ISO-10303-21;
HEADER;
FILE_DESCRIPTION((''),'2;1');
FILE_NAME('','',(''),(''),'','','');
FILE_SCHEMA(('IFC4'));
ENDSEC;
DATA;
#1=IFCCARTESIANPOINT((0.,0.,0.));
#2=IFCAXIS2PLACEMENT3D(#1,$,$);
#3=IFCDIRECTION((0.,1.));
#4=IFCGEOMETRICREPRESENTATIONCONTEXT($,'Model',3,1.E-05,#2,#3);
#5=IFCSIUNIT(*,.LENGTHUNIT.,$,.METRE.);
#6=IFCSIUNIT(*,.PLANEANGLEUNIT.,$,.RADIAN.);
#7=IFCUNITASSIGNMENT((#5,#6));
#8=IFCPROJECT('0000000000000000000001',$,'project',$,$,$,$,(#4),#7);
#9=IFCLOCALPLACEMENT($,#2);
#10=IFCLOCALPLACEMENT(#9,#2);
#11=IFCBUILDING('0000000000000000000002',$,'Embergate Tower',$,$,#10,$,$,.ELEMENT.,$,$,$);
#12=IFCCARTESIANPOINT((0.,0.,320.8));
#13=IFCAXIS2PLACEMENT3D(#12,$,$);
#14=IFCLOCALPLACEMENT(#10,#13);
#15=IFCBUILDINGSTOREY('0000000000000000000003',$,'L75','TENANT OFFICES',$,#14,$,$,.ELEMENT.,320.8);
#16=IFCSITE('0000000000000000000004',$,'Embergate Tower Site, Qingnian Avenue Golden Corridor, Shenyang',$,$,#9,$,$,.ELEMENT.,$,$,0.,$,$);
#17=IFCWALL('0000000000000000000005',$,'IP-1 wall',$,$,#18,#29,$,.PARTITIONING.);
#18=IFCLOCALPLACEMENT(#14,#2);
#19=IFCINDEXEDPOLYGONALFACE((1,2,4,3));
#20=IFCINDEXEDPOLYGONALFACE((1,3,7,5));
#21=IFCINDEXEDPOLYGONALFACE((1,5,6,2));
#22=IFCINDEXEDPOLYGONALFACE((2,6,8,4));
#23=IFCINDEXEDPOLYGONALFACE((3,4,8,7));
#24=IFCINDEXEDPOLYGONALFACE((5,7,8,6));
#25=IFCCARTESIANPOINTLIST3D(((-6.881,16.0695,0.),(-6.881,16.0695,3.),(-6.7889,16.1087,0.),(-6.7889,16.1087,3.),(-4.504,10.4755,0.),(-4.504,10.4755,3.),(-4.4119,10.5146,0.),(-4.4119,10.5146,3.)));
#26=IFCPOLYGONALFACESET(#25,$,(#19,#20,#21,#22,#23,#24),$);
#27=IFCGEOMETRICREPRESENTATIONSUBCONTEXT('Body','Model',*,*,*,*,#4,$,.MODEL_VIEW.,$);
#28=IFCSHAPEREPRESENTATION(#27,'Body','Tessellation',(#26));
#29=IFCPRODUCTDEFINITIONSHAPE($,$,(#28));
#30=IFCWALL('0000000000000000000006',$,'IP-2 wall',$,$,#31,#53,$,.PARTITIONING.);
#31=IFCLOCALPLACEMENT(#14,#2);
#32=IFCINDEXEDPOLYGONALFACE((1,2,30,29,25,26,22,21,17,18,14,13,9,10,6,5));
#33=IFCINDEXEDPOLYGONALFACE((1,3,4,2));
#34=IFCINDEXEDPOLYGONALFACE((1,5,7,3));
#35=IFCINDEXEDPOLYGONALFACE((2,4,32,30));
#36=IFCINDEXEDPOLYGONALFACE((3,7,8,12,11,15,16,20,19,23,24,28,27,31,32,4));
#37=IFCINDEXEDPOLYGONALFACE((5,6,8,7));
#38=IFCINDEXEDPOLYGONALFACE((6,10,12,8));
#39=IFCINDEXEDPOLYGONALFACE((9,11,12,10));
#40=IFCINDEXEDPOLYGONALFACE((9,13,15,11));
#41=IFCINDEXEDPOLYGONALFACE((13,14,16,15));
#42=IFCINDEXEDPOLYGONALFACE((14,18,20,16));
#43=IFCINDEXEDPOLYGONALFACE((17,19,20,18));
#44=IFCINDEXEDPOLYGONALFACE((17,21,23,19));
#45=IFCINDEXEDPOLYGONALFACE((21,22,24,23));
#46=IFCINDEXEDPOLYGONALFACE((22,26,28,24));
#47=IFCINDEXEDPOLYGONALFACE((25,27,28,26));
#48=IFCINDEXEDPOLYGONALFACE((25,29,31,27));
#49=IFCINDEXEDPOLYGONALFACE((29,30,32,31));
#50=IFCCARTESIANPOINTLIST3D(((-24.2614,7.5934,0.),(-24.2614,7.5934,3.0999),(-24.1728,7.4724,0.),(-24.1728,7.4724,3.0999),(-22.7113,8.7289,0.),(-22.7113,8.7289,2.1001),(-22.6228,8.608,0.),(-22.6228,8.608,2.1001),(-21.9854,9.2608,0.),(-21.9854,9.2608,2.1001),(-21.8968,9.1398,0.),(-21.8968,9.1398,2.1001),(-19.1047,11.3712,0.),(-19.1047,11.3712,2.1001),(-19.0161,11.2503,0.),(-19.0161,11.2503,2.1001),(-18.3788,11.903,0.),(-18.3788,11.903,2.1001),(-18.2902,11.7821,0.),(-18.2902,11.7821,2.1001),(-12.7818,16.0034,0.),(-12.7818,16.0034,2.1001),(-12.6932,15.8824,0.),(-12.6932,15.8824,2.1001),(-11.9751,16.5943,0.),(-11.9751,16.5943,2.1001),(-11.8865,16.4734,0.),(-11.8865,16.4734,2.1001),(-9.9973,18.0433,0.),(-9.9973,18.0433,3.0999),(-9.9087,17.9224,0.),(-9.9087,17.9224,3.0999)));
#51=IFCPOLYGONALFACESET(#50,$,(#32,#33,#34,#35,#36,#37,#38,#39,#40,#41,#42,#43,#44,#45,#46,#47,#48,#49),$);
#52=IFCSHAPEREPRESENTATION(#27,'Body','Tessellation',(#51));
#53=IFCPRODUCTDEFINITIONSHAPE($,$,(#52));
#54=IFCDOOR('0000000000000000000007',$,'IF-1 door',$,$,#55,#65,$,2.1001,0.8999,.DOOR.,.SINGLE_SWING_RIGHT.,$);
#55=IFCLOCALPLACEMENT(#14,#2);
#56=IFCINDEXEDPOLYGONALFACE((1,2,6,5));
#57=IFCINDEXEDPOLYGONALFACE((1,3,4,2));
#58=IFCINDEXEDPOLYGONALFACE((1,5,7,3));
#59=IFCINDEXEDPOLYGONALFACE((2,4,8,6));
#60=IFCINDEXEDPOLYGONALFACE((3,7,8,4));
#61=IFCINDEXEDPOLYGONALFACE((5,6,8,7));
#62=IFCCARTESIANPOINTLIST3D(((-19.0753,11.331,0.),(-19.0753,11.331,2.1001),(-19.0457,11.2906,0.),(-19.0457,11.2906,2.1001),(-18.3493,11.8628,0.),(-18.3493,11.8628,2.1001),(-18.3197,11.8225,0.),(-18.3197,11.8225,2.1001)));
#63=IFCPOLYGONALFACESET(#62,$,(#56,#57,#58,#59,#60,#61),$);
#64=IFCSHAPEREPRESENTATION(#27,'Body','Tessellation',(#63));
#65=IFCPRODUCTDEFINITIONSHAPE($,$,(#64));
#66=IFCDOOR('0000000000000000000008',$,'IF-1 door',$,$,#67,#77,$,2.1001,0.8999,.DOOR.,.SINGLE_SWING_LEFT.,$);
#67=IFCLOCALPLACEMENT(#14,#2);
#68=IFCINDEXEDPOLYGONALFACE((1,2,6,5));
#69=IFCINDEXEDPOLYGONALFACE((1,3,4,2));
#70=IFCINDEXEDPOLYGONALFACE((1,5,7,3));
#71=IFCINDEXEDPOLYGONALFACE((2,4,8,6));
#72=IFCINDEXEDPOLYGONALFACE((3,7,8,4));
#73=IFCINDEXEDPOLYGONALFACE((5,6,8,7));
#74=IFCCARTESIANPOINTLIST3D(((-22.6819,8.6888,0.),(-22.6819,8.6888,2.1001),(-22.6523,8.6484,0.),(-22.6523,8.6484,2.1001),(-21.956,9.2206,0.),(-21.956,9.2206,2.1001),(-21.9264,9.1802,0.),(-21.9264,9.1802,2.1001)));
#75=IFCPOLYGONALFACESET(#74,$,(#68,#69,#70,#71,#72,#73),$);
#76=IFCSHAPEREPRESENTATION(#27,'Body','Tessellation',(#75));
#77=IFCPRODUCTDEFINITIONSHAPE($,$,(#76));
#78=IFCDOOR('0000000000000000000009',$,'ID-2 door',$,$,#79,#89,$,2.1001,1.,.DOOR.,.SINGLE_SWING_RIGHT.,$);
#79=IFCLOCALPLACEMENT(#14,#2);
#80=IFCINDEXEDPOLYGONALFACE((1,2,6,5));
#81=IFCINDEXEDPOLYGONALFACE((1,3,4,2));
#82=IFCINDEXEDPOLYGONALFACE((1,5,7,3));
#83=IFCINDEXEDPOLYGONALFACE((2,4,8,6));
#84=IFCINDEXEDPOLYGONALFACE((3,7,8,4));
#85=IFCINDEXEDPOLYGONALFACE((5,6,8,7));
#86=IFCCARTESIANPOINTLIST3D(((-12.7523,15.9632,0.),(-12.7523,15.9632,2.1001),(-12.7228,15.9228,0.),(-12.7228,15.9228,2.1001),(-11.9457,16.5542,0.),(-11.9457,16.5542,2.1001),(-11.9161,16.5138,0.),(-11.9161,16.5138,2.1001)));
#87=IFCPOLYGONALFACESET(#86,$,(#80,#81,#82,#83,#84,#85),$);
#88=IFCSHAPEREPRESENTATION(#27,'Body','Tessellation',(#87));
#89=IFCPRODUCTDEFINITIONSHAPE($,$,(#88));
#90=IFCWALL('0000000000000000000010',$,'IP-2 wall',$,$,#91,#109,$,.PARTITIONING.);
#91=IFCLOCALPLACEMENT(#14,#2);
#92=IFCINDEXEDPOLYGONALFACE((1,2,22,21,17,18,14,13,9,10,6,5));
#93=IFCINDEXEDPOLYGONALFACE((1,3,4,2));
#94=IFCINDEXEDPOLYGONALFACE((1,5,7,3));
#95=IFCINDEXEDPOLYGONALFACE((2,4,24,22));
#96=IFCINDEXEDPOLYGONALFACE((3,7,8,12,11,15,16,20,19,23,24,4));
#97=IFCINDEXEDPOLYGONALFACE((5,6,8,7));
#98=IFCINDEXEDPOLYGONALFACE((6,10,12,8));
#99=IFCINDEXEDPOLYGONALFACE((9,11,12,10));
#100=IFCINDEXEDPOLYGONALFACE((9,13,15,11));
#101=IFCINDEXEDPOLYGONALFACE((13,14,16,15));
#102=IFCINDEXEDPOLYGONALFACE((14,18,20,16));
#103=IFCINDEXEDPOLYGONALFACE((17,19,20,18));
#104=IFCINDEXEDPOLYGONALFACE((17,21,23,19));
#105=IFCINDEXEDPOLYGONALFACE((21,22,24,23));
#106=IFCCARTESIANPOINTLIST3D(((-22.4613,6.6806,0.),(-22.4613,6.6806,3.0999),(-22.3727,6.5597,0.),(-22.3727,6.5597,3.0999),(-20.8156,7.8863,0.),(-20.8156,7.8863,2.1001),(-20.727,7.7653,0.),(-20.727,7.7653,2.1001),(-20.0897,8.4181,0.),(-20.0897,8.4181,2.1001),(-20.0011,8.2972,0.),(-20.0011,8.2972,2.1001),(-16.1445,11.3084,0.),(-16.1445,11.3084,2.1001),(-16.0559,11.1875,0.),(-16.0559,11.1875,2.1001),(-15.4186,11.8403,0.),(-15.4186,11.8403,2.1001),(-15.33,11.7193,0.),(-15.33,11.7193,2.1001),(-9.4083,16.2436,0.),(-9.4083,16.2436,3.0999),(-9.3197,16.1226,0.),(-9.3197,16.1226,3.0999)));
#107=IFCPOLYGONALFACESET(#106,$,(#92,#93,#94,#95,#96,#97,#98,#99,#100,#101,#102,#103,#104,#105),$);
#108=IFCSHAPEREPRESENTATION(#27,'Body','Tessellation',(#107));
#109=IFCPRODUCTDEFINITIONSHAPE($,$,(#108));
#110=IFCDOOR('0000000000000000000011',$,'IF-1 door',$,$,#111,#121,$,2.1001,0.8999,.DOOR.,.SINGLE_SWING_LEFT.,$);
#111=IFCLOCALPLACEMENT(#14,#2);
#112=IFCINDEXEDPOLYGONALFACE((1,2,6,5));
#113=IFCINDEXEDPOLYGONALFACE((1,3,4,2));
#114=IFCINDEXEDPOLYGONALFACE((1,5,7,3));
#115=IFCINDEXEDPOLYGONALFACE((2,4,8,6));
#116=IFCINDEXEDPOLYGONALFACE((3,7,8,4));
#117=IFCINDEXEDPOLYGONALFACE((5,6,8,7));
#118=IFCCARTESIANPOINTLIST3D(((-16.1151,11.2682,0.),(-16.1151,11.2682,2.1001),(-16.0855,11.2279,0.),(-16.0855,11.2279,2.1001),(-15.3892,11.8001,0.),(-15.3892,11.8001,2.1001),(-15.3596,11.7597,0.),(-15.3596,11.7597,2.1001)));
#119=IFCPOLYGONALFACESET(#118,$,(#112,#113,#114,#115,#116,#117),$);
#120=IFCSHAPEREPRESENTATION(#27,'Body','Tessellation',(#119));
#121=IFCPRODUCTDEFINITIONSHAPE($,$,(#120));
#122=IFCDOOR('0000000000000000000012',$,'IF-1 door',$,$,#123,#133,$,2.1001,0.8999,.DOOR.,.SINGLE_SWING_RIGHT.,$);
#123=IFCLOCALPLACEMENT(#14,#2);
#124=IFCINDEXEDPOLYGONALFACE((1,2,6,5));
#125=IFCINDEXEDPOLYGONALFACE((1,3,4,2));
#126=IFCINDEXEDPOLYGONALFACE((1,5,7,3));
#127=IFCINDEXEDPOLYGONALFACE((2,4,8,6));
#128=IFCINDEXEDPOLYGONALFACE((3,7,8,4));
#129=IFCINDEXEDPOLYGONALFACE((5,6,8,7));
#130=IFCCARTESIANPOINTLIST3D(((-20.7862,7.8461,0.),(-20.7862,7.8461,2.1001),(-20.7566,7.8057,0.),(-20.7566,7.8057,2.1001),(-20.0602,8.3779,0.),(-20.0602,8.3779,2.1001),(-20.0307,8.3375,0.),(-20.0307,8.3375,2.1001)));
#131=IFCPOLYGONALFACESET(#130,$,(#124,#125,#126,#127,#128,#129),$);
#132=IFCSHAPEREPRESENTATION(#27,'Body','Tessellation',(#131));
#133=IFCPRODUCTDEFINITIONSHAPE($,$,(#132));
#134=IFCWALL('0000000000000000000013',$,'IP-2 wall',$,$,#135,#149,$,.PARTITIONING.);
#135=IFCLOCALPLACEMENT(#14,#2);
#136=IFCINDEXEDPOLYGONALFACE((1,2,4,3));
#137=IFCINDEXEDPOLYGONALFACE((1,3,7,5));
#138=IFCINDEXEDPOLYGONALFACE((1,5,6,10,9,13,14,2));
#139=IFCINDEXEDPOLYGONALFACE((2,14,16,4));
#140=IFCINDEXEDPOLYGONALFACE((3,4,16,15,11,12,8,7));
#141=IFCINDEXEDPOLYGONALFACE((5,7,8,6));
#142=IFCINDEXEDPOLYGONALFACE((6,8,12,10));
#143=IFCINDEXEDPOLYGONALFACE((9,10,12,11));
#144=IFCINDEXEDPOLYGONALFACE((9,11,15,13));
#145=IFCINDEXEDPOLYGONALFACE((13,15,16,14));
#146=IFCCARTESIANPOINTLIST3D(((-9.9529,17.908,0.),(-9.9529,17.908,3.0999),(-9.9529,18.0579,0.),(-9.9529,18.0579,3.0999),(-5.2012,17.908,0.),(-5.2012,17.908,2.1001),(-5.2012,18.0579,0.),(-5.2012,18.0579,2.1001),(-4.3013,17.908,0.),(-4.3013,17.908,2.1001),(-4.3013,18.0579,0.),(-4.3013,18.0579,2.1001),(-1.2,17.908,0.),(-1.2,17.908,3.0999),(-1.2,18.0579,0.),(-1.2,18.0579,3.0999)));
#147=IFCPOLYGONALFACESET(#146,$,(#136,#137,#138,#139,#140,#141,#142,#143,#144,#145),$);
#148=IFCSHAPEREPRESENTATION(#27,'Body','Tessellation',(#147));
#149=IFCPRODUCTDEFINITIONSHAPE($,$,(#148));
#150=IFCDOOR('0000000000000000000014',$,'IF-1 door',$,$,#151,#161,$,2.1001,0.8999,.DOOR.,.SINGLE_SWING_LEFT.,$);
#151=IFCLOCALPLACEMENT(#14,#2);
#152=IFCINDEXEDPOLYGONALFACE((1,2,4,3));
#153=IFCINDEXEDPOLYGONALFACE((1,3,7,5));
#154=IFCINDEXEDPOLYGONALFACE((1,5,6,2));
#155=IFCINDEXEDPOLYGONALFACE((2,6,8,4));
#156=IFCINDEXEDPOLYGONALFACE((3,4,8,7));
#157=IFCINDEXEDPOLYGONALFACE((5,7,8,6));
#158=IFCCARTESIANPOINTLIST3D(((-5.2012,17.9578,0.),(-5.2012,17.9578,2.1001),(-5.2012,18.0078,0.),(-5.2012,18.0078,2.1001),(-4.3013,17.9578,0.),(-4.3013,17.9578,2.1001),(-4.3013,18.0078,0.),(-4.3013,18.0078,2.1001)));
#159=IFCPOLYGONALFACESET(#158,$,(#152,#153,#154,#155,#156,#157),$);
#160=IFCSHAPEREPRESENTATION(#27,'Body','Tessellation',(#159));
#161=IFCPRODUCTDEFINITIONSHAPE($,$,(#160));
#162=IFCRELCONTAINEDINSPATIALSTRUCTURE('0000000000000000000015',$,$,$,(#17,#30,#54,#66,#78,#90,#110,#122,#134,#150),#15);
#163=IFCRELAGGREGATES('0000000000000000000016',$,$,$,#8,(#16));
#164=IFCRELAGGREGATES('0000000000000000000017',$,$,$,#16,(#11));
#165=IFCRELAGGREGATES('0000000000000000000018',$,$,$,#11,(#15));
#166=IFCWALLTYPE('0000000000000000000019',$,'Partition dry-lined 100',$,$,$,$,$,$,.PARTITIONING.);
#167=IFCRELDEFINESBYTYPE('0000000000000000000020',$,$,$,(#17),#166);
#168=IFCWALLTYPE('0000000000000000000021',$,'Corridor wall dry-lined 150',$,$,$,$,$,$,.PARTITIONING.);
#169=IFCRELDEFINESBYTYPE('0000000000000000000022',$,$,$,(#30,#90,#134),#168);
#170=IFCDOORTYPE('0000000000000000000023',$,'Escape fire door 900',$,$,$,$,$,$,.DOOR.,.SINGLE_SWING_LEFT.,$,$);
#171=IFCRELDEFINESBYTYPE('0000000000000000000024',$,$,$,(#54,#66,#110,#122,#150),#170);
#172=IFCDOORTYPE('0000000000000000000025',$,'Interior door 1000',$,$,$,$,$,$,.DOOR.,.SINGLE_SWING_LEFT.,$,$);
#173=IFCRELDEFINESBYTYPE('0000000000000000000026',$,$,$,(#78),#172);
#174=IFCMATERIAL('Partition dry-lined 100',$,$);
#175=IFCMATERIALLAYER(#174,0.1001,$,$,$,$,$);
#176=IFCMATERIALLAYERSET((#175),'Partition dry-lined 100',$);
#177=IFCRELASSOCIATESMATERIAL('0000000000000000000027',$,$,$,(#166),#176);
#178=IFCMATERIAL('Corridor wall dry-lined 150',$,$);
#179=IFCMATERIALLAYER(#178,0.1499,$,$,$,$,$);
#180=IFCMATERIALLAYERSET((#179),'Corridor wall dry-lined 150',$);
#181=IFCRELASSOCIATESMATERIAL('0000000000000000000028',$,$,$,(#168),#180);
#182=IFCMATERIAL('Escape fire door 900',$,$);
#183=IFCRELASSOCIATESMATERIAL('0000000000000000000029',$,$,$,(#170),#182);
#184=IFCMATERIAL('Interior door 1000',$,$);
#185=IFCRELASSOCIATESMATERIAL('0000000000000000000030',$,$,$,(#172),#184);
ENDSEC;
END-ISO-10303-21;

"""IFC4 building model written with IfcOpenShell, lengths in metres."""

from ifc_helpers import new_model, si_unit, direction, frame, frame_2d, origin, place, context, subcontext, project, spatial, rectangle, extrude, source, transform, mapped, material, layer, layer_set, type_object, element, fill, save


model = new_model("IFC4")

# Units and contexts
model_context = context("Model", 3, precision=1e-05, world=origin(), true_north=direction((0.0, 1.0)))
body_context = subcontext(model_context, "Body", "Model", "MODEL_VIEW")
ifc_project = project(units=[si_unit("LENGTHUNIT", "METRE"), si_unit("PLANEANGLEUNIT", "RADIAN")], contexts=[model_context])

# Site, building, storey
site_placement = place(None, origin())
site = spatial("IfcSite", under=ifc_project, at=site_placement, Name="Embergate Tower Site, Qingnian Avenue Golden Corridor, Shenyang", CompositionType="ELEMENT", RefElevation=0.0)
building_placement = place(site_placement, origin())
building = spatial("IfcBuilding", under=site, at=building_placement, Name="Embergate Tower", CompositionType="ELEMENT")
storey_placement = place(building_placement, frame((0.0, 0.0, 320.8)))
storey = spatial("IfcBuildingStorey", under=building, at=storey_placement, Name="L75", Description="TENANT OFFICES", CompositionType="ELEMENT", Elevation=320.8)

# Wall
ifc_material_1 = material(Name="Partition dry-lined 100")
ifc_layer_1 = layer(ifc_material_1, 0.1001)
ifc_layer_set_1 = layer_set([ifc_layer_1], Name="Partition dry-lined 100")
wall_type_1 = type_object("IfcWallType", Name="Partition dry-lined 100", PredefinedType="PARTITIONING", material=ifc_layer_set_1)
shared_shape_1 = source(origin(), body_context, "Body", "SweptSolid", [
    extrude(rectangle(XDim=6.0781, YDim=0.1001, at=frame_2d((3.0391, 0.0))), origin(), (0.0, 0.0, 1.0), 3.0),
])
wall_1_placement = place(storey_placement, frame((-6.835, 16.0891, 0.0), z_axis=(0.0, 0.0, 1.0), x_axis=(0.391072, -0.92036, 0.0)))
element("IfcWall", 1, at=wall_1_placement, inside=storey, type_object=wall_type_1, Name="IP-1 wall", PredefinedType="PARTITIONING", context=body_context, shape_type="MappedRepresentation", body=[
    mapped(shared_shape_1, transform((0.0, 0.0, 0.0))),
])

# Walls, openings, doors
ifc_material_2 = material(Name="Corridor wall dry-lined 150")
ifc_layer_2 = layer(ifc_material_2, 0.1499)
ifc_layer_set_2 = layer_set([ifc_layer_2], Name="Corridor wall dry-lined 150")
wall_type_2 = type_object("IfcWallType", Name="Corridor wall dry-lined 150", PredefinedType="PARTITIONING", material=ifc_layer_set_2)
shared_shape_2 = source(origin(), body_context, "Body", "SweptSolid", [
    extrude(rectangle(XDim=17.6824, YDim=0.1499, at=frame_2d((8.8413, 0.0))), origin(), (0.0, 0.0, 1.0), 3.0999),
])
wall_2_placement = place(storey_placement, frame((-9.9529, 17.9829, 0.0), z_axis=(0.0, 0.0, 1.0), x_axis=(-0.806686, -0.59098, 0.0)))
wall_2 = element("IfcWall", 2, at=wall_2_placement, inside=storey, type_object=wall_type_2, Name="IP-2 wall", PredefinedType="PARTITIONING", context=body_context, shape_type="MappedRepresentation", body=[
    mapped(shared_shape_2, transform((0.0, 0.0, 0.0))),
])
shared_shape_3 = source(origin(), body_context, "Body", "SweptSolid", [
    extrude(rectangle(XDim=1.0, YDim=2.1001, at=frame_2d((0.5, 1.05))), frame((0.0, 0.085, 0.0), z_axis=(0.0, -1.0, 0.0), x_axis=(1.0, 0.0, 0.0)), (0.0, 0.0, 1.0), 0.1699),
])
opening_1_placement = place(wall_2_placement, frame((2.4519, 0.0, 0.0)))
opening_1 = element("IfcOpeningElement", 3, at=opening_1_placement, cuts=wall_2, PredefinedType="OPENING", context=body_context, shape_type="MappedRepresentation", body=[
    mapped(shared_shape_3, transform((0.0, 0.0, 0.0))),
])
shared_shape_4 = source(origin(), body_context, "Body", "SweptSolid", [
    extrude(rectangle(XDim=0.8999, YDim=2.1001, at=frame_2d((0.45, 1.05))), frame((0.0, 0.085, 0.0), z_axis=(0.0, -1.0, 0.0), x_axis=(1.0, 0.0, 0.0)), (0.0, 0.0, 1.0), 0.1699),
])
opening_2_placement = place(wall_2_placement, frame((10.3901, 0.0, 0.0)))
opening_2 = element("IfcOpeningElement", 4, at=opening_2_placement, cuts=wall_2, PredefinedType="OPENING", context=body_context, shape_type="MappedRepresentation", body=[
    mapped(shared_shape_4, transform((0.0, 0.0, 0.0))),
])
opening_3_placement = place(wall_2_placement, frame((14.8611, 0.0, 0.0)))
opening_3 = element("IfcOpeningElement", 5, at=opening_3_placement, cuts=wall_2, PredefinedType="OPENING", context=body_context, shape_type="MappedRepresentation", body=[
    mapped(shared_shape_4, transform((0.0, 0.0, 0.0))),
])
ifc_material_3 = material(Name="Escape fire door 900")
door_type_1 = type_object("IfcDoorType", Name="Escape fire door 900", OperationType="SINGLE_SWING_LEFT", PredefinedType="DOOR", material=ifc_material_3)
shared_shape_5 = source(origin(), body_context, "Body", "SweptSolid", [
    extrude(rectangle(XDim=0.8999, YDim=2.1001, at=frame_2d((0.45, 1.05))), frame((0.0, 0.0249, 0.0), z_axis=(0.0, -1.0, 0.0), x_axis=(1.0, 0.0, 0.0)), (0.0, 0.0, 1.0), 0.05),
])
door_1_placement = place(opening_2_placement, origin())
door_1 = element("IfcDoor", 6, at=door_1_placement, inside=storey, type_object=door_type_1, Name="IF-1 door", OperationType="SINGLE_SWING_RIGHT", OverallHeight=2.1001, OverallWidth=0.8999, PredefinedType="DOOR", context=body_context, shape_type="MappedRepresentation", body=[
    mapped(shared_shape_5, transform((0.0, 0.0, 0.0))),
])
fill(opening_2, door_1)
door_2_placement = place(opening_3_placement, origin())
door_2 = element("IfcDoor", 7, at=door_2_placement, inside=storey, type_object=door_type_1, Name="IF-1 door", OperationType="SINGLE_SWING_LEFT", OverallHeight=2.1001, OverallWidth=0.8999, PredefinedType="DOOR", context=body_context, shape_type="MappedRepresentation", body=[
    mapped(shared_shape_5, transform((0.0, 0.0, 0.0))),
])
fill(opening_3, door_2)
ifc_material_4 = material(Name="Interior door 1000")
door_type_2 = type_object("IfcDoorType", Name="Interior door 1000", OperationType="SINGLE_SWING_LEFT", PredefinedType="DOOR", material=ifc_material_4)
shared_shape_6 = source(origin(), body_context, "Body", "SweptSolid", [
    extrude(rectangle(XDim=1.0, YDim=2.1001, at=frame_2d((0.5, 1.05))), frame((0.0, 0.0249, 0.0), z_axis=(0.0, -1.0, 0.0), x_axis=(1.0, 0.0, 0.0)), (0.0, 0.0, 1.0), 0.05),
])
door_3_placement = place(opening_1_placement, origin())
door_3 = element("IfcDoor", 8, at=door_3_placement, inside=storey, type_object=door_type_2, Name="ID-2 door", OperationType="SINGLE_SWING_RIGHT", OverallHeight=2.1001, OverallWidth=1.0, PredefinedType="DOOR", context=body_context, shape_type="MappedRepresentation", body=[
    mapped(shared_shape_6, transform((0.0, 0.0, 0.0))),
])
fill(opening_1, door_3)
shared_shape_7 = source(origin(), body_context, "Body", "SweptSolid", [
    extrude(rectangle(XDim=16.1812, YDim=0.1499, at=frame_2d((8.0906, 0.0))), origin(), (0.0, 0.0, 1.0), 3.0999),
])
wall_3_placement = place(storey_placement, frame((-9.364, 16.1831, 0.0), z_axis=(0.0, 0.0, 1.0), x_axis=(-0.806676, -0.590994, 0.0)))
wall_3 = element("IfcWall", 9, at=wall_3_placement, inside=storey, type_object=wall_type_2, Name="IP-2 wall", PredefinedType="PARTITIONING", context=body_context, shape_type="MappedRepresentation", body=[
    mapped(shared_shape_7, transform((0.0, 0.0, 0.0))),
])
opening_4_placement = place(wall_3_placement, frame((7.4507, 0.0, 0.0)))
opening_4 = element("IfcOpeningElement", 10, at=opening_4_placement, cuts=wall_3, PredefinedType="OPENING", context=body_context, shape_type="MappedRepresentation", body=[
    mapped(shared_shape_4, transform((0.0, 0.0, 0.0))),
])
opening_5_placement = place(wall_3_placement, frame((13.2412, 0.0, 0.0)))
opening_5 = element("IfcOpeningElement", 11, at=opening_5_placement, cuts=wall_3, PredefinedType="OPENING", context=body_context, shape_type="MappedRepresentation", body=[
    mapped(shared_shape_4, transform((0.0, 0.0, 0.0))),
])
door_4_placement = place(opening_4_placement, origin())
door_4 = element("IfcDoor", 12, at=door_4_placement, inside=storey, type_object=door_type_1, Name="IF-1 door", OperationType="SINGLE_SWING_LEFT", OverallHeight=2.1001, OverallWidth=0.8999, PredefinedType="DOOR", context=body_context, shape_type="MappedRepresentation", body=[
    mapped(shared_shape_5, transform((0.0, 0.0, 0.0))),
])
fill(opening_4, door_4)
door_5_placement = place(opening_5_placement, origin())
door_5 = element("IfcDoor", 13, at=door_5_placement, inside=storey, type_object=door_type_1, Name="IF-1 door", OperationType="SINGLE_SWING_RIGHT", OverallHeight=2.1001, OverallWidth=0.8999, PredefinedType="DOOR", context=body_context, shape_type="MappedRepresentation", body=[
    mapped(shared_shape_5, transform((0.0, 0.0, 0.0))),
])
fill(opening_5, door_5)

# Wall, opening, door
shared_shape_8 = source(origin(), body_context, "Body", "SweptSolid", [
    extrude(rectangle(XDim=8.7529, YDim=0.1499, at=frame_2d((4.3765, 0.0))), origin(), (0.0, 0.0, 1.0), 3.0999),
])
wall_4_placement = place(storey_placement, frame((-9.9529, 17.9829, 0.0), z_axis=(0.0, 0.0, 1.0), x_axis=(1.0, 0.0, 0.0)))
wall_4 = element("IfcWall", 14, at=wall_4_placement, inside=storey, type_object=wall_type_2, Name="IP-2 wall", PredefinedType="PARTITIONING", context=body_context, shape_type="MappedRepresentation", body=[
    mapped(shared_shape_8, transform((0.0, 0.0, 0.0))),
])
opening_6_placement = place(wall_4_placement, frame((4.7517, 0.0, 0.0)))
opening_6 = element("IfcOpeningElement", 15, at=opening_6_placement, cuts=wall_4, PredefinedType="OPENING", context=body_context, shape_type="MappedRepresentation", body=[
    mapped(shared_shape_4, transform((0.0, 0.0, 0.0))),
])
door_6_placement = place(opening_6_placement, origin())
door_6 = element("IfcDoor", 16, at=door_6_placement, inside=storey, type_object=door_type_1, Name="IF-1 door", OperationType="SINGLE_SWING_LEFT", OverallHeight=2.1001, OverallWidth=0.8999, PredefinedType="DOOR", context=body_context, shape_type="MappedRepresentation", body=[
    mapped(shared_shape_5, transform((0.0, 0.0, 0.0))),
])
fill(opening_6, door_6)

save(model, "model.ifc")
